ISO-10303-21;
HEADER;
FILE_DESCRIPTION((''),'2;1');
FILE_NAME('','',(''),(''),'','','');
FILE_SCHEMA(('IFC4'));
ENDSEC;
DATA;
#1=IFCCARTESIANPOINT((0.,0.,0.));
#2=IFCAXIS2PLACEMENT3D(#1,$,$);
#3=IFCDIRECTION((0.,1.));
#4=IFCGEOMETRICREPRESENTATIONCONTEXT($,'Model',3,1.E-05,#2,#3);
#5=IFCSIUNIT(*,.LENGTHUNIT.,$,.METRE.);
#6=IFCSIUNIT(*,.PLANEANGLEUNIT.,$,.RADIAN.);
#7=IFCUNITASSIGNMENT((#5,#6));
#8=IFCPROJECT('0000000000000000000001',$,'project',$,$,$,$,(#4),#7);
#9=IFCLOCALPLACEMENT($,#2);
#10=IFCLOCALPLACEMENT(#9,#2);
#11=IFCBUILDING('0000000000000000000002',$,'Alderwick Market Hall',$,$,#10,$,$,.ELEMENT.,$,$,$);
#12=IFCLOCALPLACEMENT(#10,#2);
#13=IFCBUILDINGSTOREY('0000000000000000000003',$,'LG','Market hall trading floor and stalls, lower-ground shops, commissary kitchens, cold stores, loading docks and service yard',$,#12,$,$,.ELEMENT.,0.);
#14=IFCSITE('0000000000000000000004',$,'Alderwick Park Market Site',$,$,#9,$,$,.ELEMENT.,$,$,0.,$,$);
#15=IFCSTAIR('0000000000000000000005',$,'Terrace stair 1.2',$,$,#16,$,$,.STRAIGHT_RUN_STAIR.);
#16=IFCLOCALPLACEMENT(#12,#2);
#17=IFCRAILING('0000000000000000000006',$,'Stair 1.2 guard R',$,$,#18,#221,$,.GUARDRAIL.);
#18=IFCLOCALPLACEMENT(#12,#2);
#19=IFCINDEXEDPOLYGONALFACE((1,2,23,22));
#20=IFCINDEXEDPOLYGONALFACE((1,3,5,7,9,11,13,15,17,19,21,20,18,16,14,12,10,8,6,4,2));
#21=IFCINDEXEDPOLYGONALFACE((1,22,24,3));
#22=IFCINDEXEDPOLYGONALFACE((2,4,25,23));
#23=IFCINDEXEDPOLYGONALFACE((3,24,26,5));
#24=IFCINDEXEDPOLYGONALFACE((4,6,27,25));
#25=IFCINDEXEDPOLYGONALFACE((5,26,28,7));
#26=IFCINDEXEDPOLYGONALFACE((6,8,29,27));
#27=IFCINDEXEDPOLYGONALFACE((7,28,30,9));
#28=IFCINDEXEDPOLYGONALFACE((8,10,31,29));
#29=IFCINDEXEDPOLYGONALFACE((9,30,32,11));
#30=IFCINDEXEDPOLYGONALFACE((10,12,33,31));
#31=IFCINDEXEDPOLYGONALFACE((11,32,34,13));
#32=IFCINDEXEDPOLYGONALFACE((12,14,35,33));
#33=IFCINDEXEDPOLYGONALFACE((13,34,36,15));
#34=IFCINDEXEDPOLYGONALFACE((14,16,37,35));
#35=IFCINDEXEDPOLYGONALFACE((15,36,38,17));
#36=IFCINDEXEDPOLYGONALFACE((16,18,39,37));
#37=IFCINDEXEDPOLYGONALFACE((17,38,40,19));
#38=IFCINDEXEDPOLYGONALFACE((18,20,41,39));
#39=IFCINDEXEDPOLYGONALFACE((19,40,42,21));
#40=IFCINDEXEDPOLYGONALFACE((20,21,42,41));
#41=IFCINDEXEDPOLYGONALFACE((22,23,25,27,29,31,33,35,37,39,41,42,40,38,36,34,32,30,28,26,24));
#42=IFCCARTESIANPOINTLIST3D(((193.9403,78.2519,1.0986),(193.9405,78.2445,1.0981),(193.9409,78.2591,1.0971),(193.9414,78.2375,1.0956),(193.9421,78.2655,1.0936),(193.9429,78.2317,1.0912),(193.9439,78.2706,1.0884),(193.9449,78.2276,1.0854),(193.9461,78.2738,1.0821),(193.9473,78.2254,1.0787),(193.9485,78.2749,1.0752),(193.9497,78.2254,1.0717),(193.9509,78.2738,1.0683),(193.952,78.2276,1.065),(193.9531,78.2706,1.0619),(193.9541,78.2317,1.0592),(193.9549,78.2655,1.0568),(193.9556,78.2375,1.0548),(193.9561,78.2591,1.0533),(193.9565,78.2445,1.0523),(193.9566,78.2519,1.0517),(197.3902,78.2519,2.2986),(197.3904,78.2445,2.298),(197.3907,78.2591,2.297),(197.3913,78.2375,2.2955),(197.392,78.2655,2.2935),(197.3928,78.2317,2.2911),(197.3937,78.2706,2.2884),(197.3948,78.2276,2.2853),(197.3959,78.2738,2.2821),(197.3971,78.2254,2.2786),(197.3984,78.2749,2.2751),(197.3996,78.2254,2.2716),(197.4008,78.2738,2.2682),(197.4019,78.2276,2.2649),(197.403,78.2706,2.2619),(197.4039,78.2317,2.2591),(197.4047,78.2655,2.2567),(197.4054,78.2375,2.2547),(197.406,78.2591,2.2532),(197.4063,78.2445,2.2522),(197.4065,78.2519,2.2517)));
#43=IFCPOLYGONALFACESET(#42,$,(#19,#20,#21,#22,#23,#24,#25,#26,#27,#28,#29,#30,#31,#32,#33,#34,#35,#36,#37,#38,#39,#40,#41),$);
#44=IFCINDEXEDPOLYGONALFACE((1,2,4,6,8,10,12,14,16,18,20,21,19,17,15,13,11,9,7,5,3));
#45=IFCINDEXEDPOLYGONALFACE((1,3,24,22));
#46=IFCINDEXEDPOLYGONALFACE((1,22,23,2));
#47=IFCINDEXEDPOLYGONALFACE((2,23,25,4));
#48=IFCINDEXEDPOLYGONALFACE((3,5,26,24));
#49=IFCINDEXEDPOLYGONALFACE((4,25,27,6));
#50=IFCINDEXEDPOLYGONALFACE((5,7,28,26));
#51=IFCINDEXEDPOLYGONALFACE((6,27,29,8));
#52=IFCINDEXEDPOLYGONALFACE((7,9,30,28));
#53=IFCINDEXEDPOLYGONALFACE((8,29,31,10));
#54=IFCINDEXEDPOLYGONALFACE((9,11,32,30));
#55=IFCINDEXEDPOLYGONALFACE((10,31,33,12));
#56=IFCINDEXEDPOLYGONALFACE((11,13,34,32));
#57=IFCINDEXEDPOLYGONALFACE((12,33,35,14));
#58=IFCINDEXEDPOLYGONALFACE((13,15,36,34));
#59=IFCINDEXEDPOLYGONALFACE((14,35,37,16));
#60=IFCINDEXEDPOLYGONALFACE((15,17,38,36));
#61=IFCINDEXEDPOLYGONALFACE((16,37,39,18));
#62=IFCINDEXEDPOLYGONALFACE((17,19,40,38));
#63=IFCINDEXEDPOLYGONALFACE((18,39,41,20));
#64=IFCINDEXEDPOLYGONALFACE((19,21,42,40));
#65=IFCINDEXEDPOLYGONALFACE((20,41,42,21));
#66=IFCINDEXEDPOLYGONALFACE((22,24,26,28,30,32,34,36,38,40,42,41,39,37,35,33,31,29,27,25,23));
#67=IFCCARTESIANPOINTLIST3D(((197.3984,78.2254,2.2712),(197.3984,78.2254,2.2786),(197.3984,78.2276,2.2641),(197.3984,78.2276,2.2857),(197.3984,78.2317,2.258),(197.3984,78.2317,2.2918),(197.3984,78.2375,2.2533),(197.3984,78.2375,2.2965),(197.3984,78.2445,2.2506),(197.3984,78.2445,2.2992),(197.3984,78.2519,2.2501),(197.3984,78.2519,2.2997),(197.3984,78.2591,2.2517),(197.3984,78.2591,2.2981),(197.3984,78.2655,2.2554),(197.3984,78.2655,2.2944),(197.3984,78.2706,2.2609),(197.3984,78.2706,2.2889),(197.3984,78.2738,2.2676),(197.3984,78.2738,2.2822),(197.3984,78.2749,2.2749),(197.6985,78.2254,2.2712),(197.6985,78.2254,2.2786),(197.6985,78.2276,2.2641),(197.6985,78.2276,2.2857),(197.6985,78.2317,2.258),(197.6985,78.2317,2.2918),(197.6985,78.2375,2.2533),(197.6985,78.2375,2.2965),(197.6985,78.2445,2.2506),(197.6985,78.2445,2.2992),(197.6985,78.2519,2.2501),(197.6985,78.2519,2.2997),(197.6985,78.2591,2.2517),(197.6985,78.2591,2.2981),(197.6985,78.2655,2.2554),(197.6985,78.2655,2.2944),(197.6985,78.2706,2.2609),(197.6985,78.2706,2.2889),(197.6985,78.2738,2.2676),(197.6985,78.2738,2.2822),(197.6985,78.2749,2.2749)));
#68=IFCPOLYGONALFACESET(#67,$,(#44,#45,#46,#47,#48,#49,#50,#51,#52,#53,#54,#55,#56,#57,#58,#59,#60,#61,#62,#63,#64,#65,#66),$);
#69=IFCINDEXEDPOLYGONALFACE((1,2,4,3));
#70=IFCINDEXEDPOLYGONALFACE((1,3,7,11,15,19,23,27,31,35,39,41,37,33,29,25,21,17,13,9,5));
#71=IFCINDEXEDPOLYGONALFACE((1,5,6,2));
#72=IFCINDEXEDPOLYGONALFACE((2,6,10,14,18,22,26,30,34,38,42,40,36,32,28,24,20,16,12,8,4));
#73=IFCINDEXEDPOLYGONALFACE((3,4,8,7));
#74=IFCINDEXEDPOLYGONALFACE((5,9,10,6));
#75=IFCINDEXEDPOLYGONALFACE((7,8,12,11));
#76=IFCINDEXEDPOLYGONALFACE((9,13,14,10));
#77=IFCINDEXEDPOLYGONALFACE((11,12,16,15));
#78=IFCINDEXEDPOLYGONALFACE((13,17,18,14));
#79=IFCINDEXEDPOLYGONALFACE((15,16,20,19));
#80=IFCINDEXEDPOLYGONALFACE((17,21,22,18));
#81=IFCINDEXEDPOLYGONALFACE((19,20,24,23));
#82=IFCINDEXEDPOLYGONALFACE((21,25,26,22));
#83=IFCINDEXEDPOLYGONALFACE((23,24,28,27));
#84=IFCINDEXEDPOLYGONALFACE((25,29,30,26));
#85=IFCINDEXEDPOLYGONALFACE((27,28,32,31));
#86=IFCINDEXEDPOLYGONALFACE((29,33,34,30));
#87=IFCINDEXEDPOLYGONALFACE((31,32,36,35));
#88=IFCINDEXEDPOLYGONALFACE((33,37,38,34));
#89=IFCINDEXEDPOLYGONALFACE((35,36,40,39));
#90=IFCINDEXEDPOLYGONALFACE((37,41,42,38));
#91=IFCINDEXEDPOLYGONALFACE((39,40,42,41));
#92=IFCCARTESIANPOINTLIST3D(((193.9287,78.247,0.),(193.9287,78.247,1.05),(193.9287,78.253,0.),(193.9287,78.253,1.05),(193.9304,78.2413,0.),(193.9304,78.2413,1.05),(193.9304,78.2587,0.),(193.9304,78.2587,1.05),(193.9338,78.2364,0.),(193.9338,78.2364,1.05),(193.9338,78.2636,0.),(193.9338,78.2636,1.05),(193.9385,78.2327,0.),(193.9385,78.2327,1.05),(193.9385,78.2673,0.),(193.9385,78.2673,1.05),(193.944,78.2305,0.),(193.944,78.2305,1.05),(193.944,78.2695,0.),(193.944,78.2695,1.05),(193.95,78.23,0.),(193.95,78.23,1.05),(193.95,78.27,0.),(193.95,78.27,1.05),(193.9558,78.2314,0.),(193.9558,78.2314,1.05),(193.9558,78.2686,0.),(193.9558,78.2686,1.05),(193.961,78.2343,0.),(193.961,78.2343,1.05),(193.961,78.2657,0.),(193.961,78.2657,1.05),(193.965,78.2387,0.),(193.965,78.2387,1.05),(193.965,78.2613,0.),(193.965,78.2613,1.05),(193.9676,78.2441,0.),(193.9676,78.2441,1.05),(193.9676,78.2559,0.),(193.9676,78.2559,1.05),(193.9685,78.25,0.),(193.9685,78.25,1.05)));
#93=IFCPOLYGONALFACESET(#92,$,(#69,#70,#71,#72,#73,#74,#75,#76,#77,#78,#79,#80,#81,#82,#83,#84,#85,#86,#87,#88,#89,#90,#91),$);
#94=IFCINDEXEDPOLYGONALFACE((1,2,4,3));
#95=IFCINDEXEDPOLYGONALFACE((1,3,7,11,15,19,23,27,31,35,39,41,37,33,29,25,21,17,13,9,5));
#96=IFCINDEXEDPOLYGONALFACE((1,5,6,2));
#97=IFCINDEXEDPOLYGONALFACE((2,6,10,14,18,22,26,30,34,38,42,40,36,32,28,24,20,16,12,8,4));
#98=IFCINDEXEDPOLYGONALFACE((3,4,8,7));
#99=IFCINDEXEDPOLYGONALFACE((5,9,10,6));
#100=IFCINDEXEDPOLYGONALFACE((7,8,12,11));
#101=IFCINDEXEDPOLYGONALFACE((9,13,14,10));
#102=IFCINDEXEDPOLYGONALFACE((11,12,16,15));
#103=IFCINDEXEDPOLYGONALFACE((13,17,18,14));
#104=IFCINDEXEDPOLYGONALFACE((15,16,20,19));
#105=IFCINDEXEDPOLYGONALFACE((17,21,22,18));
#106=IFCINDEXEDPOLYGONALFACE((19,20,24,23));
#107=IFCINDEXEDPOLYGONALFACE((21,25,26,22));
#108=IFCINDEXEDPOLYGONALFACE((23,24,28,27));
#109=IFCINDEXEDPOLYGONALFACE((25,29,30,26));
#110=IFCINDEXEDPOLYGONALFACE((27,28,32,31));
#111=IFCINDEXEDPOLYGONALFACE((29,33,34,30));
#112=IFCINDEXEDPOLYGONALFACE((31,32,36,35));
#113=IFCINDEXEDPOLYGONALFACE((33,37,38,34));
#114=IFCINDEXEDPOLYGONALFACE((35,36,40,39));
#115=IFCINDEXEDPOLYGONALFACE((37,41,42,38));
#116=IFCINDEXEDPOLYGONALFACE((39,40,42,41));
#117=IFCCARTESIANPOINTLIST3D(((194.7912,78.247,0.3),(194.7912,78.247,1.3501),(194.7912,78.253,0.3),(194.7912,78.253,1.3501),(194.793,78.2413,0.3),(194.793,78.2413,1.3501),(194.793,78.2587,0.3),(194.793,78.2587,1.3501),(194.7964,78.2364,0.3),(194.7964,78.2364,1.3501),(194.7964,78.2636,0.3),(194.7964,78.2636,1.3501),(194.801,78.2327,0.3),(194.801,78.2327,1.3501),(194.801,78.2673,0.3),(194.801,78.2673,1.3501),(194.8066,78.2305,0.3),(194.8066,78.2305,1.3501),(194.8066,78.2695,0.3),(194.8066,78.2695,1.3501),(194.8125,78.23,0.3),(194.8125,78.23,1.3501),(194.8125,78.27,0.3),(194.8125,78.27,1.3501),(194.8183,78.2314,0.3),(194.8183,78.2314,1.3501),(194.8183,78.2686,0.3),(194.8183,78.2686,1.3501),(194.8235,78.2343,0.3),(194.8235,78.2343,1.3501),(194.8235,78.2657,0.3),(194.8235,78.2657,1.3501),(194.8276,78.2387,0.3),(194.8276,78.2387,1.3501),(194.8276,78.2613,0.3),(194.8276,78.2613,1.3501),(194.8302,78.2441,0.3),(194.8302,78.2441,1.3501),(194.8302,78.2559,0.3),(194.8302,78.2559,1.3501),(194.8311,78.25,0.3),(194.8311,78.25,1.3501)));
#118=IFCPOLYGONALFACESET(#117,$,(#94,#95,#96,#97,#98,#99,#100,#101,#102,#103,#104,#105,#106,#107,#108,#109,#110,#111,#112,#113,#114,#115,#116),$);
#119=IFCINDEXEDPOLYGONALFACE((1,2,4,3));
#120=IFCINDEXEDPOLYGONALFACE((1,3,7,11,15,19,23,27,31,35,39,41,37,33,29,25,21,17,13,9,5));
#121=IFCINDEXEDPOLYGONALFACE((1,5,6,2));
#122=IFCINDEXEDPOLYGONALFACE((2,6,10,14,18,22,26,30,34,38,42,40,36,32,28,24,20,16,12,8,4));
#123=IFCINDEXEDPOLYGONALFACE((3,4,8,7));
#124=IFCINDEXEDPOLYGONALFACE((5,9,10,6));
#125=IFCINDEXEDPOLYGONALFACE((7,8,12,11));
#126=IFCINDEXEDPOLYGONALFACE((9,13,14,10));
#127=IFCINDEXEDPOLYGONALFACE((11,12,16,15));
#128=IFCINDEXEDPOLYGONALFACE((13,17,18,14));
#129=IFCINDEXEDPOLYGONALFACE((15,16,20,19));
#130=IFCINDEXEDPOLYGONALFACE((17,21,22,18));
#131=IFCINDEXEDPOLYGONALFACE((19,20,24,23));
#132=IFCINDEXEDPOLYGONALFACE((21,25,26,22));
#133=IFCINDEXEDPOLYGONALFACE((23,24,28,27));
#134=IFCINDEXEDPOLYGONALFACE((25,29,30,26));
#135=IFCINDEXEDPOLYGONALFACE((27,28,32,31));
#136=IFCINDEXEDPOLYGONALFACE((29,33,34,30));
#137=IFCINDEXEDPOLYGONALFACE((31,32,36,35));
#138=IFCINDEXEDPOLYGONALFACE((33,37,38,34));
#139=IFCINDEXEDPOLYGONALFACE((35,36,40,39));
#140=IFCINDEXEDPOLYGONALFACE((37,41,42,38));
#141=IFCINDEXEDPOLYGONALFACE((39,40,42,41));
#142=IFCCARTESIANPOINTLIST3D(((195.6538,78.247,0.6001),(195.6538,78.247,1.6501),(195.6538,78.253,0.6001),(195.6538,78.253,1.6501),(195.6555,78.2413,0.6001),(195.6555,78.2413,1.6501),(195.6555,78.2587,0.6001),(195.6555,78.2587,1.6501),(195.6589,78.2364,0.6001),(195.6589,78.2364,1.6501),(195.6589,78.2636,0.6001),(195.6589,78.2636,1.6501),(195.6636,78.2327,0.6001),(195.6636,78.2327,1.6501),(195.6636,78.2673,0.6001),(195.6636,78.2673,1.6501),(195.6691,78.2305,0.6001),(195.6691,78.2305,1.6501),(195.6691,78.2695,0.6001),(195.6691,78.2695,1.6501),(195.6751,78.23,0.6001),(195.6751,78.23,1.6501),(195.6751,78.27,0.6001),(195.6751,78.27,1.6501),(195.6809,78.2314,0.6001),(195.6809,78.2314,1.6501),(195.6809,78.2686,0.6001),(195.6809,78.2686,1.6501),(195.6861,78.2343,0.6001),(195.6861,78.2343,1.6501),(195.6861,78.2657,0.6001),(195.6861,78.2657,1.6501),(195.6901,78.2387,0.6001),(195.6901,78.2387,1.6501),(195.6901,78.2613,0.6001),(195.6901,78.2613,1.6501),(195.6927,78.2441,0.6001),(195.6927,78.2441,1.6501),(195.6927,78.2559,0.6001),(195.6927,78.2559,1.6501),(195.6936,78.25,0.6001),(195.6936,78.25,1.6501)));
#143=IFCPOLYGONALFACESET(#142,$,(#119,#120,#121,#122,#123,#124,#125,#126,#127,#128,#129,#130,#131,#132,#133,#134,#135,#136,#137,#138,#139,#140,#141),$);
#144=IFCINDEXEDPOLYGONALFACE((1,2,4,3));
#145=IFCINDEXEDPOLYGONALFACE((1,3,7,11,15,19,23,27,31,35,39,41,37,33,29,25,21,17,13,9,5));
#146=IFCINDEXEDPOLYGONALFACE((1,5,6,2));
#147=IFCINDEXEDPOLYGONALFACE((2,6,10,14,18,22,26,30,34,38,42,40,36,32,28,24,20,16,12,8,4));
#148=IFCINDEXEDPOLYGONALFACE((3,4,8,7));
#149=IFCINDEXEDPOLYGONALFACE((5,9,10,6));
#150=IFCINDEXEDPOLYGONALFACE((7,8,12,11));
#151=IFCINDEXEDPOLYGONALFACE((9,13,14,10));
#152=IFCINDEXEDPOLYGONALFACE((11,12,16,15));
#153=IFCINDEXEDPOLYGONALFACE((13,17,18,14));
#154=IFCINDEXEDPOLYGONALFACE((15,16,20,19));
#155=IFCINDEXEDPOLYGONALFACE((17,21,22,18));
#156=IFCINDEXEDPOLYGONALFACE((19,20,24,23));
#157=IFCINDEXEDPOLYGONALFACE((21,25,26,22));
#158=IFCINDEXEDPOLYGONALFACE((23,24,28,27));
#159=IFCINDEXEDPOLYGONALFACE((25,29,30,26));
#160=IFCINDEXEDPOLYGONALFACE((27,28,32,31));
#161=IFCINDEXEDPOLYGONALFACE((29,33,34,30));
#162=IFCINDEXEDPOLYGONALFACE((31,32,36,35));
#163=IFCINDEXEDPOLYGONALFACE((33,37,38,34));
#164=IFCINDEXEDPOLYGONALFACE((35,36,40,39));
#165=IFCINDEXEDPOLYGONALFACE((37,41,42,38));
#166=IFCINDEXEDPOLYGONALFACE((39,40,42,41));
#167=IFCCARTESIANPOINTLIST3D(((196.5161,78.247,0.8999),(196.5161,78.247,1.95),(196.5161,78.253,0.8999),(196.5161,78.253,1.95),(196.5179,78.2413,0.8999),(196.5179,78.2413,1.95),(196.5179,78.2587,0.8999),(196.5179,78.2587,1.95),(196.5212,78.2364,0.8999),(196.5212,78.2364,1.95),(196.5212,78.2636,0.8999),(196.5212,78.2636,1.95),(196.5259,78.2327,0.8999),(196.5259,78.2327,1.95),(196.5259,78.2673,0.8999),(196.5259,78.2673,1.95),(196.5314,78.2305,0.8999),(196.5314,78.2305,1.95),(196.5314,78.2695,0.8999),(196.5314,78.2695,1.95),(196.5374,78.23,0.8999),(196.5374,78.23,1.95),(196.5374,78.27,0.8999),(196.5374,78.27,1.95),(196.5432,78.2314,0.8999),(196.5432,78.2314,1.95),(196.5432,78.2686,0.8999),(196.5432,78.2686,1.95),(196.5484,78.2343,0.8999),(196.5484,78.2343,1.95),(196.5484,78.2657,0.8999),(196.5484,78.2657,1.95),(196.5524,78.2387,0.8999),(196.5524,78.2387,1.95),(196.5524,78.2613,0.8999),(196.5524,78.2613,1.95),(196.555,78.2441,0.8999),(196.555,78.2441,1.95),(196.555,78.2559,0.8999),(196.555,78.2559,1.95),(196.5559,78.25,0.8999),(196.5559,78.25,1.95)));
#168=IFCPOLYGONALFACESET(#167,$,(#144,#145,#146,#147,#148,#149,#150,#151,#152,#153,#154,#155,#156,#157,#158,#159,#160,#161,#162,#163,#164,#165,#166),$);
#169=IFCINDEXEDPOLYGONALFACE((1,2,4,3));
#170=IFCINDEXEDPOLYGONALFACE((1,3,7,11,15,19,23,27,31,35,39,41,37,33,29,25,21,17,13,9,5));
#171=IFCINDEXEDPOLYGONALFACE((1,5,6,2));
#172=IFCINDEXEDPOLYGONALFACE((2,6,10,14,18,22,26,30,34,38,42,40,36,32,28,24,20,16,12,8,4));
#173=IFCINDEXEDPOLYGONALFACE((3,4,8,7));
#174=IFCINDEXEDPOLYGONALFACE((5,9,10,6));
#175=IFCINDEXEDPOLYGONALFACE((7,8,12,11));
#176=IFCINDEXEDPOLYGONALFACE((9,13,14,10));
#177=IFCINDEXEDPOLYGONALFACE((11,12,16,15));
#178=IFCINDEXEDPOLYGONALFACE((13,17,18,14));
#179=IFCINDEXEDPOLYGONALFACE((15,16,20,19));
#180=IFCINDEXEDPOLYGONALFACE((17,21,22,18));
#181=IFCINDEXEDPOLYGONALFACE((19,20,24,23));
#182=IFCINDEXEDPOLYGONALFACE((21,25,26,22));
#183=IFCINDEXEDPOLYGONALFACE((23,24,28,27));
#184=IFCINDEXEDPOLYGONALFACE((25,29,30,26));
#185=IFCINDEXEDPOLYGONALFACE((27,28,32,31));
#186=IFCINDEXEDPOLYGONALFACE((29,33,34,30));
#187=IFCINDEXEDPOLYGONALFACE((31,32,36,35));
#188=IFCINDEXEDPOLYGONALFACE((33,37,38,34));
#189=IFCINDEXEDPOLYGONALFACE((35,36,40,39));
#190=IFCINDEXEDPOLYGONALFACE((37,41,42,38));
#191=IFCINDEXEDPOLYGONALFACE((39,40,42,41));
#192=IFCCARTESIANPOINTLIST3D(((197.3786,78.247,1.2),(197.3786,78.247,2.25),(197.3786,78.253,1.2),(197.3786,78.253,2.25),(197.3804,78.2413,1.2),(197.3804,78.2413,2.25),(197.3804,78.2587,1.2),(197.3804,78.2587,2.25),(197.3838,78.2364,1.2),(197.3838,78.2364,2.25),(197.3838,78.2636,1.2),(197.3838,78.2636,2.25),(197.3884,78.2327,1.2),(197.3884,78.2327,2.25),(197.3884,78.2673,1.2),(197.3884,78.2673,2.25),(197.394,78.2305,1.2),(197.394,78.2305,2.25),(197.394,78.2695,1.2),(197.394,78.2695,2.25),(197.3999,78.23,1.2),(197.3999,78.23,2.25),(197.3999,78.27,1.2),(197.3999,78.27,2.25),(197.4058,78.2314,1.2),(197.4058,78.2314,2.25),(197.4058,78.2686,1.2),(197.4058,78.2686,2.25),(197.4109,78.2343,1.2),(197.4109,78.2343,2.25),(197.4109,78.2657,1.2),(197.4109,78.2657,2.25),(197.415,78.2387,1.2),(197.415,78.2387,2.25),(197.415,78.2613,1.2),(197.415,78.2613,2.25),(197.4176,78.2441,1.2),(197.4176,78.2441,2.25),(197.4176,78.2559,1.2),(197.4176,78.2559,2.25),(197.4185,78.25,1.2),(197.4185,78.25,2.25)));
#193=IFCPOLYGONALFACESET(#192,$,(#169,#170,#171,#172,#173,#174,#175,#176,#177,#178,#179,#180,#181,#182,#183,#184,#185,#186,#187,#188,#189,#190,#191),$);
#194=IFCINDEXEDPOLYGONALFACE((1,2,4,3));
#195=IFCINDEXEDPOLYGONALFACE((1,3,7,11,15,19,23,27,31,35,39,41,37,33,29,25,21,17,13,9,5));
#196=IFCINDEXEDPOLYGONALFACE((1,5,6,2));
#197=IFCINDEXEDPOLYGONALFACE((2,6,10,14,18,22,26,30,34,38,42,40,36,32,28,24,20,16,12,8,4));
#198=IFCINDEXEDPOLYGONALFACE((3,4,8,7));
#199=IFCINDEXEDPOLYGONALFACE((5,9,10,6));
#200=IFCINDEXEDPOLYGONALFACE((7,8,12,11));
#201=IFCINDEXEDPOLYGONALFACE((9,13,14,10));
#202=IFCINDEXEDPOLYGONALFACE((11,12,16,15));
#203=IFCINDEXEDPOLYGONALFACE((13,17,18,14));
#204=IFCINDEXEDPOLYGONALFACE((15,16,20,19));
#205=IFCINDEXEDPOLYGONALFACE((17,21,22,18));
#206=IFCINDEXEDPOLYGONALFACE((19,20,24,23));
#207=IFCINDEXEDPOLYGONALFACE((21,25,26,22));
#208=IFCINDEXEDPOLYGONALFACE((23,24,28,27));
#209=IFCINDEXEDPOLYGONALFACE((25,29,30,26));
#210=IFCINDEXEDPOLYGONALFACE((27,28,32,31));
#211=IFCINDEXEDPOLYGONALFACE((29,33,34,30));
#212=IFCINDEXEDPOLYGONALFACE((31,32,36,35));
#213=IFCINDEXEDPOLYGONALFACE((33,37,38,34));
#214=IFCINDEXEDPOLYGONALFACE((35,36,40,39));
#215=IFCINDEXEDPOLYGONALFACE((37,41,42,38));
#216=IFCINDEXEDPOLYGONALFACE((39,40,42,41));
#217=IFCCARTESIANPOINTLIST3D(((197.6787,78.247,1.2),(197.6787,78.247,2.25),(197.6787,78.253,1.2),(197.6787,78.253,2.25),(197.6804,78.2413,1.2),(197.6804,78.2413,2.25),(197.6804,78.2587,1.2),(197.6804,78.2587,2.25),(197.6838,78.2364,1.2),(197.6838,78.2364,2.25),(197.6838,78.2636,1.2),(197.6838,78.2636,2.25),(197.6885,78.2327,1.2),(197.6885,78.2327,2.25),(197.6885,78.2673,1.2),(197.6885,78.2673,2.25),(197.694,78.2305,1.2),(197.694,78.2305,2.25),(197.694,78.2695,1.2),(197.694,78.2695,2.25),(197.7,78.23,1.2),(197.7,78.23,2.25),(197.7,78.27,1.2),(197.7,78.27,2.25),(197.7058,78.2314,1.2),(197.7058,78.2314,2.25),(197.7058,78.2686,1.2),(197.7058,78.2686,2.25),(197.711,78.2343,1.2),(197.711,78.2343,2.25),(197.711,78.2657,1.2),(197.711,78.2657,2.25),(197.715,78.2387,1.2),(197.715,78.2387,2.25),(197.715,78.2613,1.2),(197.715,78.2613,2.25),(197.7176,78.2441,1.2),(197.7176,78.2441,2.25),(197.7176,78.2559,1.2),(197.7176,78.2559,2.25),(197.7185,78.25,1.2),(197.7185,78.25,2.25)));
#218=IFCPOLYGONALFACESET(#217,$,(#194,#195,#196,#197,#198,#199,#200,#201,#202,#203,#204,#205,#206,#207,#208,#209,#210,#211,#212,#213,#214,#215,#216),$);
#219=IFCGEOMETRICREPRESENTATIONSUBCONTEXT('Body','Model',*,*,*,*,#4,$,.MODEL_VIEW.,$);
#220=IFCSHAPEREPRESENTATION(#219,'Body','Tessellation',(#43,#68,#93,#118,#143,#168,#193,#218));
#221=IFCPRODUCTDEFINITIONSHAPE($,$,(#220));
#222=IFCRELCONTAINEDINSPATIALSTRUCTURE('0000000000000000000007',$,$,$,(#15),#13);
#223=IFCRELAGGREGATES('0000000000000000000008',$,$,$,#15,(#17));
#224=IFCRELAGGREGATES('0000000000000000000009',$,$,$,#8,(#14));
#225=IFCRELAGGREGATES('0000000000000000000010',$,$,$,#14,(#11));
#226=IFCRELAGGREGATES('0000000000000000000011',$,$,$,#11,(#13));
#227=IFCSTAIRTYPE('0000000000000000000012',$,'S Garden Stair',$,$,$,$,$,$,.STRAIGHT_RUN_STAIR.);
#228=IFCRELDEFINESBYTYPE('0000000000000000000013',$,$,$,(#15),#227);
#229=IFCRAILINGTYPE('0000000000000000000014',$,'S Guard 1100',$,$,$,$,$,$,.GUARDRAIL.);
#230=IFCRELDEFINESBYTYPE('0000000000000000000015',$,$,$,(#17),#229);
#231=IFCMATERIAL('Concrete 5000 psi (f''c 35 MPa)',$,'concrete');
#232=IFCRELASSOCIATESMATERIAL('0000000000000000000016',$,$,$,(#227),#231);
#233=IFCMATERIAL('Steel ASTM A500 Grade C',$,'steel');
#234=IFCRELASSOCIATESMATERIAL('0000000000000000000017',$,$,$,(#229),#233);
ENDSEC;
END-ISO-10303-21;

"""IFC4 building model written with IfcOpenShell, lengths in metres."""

from ifc_helpers import new_model, si_unit, direction, frame, origin, origin_2d, place, context, subcontext, project, spatial, circle, extrude, material, type_object, element, aggregate, save


model = new_model("IFC4")

# Units and contexts
model_context = context("Model", 3, precision=1e-05, world=origin(), true_north=direction((0.0, 1.0)))
body_context = subcontext(model_context, "Body", "Model", "MODEL_VIEW")
ifc_project = project(units=[si_unit("LENGTHUNIT", "METRE"), si_unit("PLANEANGLEUNIT", "RADIAN")], contexts=[model_context])

# Site, building, storey
site_placement = place(None, origin())
site = spatial("IfcSite", under=ifc_project, at=site_placement, Name="Alderwick Park Market Site", CompositionType="ELEMENT", RefElevation=0.0)
building_placement = place(site_placement, origin())
building = spatial("IfcBuilding", under=site, at=building_placement, Name="Alderwick Market Hall", CompositionType="ELEMENT")
storey_placement = place(building_placement, origin())
storey = spatial("IfcBuildingStorey", under=building, at=storey_placement, Name="LG", Description="Market hall trading floor and stalls, lower-ground shops, commissary kitchens, cold stores, loading docks and service yard", CompositionType="ELEMENT", Elevation=0.0)

# Shared definitions
ifc_material_1 = material(Name="Concrete 5000 psi (f'c 35 MPa)", Category="concrete")

# Stair
stair_type = type_object("IfcStairType", Name="S Garden Stair", PredefinedType="STRAIGHT_RUN_STAIR", material=ifc_material_1)
stair_1_placement = place(storey_placement, origin())
stair_1 = element("IfcStair", 1, at=stair_1_placement, inside=storey, type_object=stair_type, Name="Terrace stair 1.2", PredefinedType="STRAIGHT_RUN_STAIR")

# Railing
ifc_material_2 = material(Name="Steel ASTM A500 Grade C", Category="steel")
railing_type_1 = type_object("IfcRailingType", Name="S Guard 1100", PredefinedType="GUARDRAIL", material=ifc_material_2)
railing_1_placement = place(storey_placement, frame((193.9485, 78.25, 0.0)))
railing_1 = element("IfcRailing", 2, at=railing_1_placement, type_object=railing_type_1, Name="Stair 1.2 guard R", PredefinedType="GUARDRAIL", context=body_context, shape_type="SweptSolid", body=[
    extrude(circle(Radius=0.0249, at=origin_2d()), frame((0.0, 0.0, 1.0752), z_axis=(0.9445, 0.0, 0.328513), x_axis=(0.0, 1.0, 0.0)), (0.0, 0.0, 1.0), 3.6526),
    extrude(circle(Radius=0.0249, at=origin_2d()), frame((3.45, 0.0, 2.2749), z_axis=(1.0, 0.0, 0.0), x_axis=(0.0, 1.0, 0.0)), (0.0, 0.0, 1.0), 0.3),
    extrude(circle(Radius=0.02, at=origin_2d()), origin(), (0.0, 0.0, 1.0), 1.05),
    extrude(circle(Radius=0.02, at=origin_2d()), frame((0.8625, 0.0, 0.3)), (0.0, 0.0, 1.0), 1.05),
    extrude(circle(Radius=0.02, at=origin_2d()), frame((1.7251, 0.0, 0.6001)), (0.0, 0.0, 1.0), 1.05),
    extrude(circle(Radius=0.02, at=origin_2d()), frame((2.5874, 0.0, 0.8999)), (0.0, 0.0, 1.0), 1.05),
    extrude(circle(Radius=0.02, at=origin_2d()), frame((3.45, 0.0, 1.2)), (0.0, 0.0, 1.0), 1.05),
    extrude(circle(Radius=0.02, at=origin_2d()), frame((3.75, 0.0, 1.2)), (0.0, 0.0, 1.0), 1.05),
])
aggregate(stair_1, [railing_1])

save(model, "model.ifc")
